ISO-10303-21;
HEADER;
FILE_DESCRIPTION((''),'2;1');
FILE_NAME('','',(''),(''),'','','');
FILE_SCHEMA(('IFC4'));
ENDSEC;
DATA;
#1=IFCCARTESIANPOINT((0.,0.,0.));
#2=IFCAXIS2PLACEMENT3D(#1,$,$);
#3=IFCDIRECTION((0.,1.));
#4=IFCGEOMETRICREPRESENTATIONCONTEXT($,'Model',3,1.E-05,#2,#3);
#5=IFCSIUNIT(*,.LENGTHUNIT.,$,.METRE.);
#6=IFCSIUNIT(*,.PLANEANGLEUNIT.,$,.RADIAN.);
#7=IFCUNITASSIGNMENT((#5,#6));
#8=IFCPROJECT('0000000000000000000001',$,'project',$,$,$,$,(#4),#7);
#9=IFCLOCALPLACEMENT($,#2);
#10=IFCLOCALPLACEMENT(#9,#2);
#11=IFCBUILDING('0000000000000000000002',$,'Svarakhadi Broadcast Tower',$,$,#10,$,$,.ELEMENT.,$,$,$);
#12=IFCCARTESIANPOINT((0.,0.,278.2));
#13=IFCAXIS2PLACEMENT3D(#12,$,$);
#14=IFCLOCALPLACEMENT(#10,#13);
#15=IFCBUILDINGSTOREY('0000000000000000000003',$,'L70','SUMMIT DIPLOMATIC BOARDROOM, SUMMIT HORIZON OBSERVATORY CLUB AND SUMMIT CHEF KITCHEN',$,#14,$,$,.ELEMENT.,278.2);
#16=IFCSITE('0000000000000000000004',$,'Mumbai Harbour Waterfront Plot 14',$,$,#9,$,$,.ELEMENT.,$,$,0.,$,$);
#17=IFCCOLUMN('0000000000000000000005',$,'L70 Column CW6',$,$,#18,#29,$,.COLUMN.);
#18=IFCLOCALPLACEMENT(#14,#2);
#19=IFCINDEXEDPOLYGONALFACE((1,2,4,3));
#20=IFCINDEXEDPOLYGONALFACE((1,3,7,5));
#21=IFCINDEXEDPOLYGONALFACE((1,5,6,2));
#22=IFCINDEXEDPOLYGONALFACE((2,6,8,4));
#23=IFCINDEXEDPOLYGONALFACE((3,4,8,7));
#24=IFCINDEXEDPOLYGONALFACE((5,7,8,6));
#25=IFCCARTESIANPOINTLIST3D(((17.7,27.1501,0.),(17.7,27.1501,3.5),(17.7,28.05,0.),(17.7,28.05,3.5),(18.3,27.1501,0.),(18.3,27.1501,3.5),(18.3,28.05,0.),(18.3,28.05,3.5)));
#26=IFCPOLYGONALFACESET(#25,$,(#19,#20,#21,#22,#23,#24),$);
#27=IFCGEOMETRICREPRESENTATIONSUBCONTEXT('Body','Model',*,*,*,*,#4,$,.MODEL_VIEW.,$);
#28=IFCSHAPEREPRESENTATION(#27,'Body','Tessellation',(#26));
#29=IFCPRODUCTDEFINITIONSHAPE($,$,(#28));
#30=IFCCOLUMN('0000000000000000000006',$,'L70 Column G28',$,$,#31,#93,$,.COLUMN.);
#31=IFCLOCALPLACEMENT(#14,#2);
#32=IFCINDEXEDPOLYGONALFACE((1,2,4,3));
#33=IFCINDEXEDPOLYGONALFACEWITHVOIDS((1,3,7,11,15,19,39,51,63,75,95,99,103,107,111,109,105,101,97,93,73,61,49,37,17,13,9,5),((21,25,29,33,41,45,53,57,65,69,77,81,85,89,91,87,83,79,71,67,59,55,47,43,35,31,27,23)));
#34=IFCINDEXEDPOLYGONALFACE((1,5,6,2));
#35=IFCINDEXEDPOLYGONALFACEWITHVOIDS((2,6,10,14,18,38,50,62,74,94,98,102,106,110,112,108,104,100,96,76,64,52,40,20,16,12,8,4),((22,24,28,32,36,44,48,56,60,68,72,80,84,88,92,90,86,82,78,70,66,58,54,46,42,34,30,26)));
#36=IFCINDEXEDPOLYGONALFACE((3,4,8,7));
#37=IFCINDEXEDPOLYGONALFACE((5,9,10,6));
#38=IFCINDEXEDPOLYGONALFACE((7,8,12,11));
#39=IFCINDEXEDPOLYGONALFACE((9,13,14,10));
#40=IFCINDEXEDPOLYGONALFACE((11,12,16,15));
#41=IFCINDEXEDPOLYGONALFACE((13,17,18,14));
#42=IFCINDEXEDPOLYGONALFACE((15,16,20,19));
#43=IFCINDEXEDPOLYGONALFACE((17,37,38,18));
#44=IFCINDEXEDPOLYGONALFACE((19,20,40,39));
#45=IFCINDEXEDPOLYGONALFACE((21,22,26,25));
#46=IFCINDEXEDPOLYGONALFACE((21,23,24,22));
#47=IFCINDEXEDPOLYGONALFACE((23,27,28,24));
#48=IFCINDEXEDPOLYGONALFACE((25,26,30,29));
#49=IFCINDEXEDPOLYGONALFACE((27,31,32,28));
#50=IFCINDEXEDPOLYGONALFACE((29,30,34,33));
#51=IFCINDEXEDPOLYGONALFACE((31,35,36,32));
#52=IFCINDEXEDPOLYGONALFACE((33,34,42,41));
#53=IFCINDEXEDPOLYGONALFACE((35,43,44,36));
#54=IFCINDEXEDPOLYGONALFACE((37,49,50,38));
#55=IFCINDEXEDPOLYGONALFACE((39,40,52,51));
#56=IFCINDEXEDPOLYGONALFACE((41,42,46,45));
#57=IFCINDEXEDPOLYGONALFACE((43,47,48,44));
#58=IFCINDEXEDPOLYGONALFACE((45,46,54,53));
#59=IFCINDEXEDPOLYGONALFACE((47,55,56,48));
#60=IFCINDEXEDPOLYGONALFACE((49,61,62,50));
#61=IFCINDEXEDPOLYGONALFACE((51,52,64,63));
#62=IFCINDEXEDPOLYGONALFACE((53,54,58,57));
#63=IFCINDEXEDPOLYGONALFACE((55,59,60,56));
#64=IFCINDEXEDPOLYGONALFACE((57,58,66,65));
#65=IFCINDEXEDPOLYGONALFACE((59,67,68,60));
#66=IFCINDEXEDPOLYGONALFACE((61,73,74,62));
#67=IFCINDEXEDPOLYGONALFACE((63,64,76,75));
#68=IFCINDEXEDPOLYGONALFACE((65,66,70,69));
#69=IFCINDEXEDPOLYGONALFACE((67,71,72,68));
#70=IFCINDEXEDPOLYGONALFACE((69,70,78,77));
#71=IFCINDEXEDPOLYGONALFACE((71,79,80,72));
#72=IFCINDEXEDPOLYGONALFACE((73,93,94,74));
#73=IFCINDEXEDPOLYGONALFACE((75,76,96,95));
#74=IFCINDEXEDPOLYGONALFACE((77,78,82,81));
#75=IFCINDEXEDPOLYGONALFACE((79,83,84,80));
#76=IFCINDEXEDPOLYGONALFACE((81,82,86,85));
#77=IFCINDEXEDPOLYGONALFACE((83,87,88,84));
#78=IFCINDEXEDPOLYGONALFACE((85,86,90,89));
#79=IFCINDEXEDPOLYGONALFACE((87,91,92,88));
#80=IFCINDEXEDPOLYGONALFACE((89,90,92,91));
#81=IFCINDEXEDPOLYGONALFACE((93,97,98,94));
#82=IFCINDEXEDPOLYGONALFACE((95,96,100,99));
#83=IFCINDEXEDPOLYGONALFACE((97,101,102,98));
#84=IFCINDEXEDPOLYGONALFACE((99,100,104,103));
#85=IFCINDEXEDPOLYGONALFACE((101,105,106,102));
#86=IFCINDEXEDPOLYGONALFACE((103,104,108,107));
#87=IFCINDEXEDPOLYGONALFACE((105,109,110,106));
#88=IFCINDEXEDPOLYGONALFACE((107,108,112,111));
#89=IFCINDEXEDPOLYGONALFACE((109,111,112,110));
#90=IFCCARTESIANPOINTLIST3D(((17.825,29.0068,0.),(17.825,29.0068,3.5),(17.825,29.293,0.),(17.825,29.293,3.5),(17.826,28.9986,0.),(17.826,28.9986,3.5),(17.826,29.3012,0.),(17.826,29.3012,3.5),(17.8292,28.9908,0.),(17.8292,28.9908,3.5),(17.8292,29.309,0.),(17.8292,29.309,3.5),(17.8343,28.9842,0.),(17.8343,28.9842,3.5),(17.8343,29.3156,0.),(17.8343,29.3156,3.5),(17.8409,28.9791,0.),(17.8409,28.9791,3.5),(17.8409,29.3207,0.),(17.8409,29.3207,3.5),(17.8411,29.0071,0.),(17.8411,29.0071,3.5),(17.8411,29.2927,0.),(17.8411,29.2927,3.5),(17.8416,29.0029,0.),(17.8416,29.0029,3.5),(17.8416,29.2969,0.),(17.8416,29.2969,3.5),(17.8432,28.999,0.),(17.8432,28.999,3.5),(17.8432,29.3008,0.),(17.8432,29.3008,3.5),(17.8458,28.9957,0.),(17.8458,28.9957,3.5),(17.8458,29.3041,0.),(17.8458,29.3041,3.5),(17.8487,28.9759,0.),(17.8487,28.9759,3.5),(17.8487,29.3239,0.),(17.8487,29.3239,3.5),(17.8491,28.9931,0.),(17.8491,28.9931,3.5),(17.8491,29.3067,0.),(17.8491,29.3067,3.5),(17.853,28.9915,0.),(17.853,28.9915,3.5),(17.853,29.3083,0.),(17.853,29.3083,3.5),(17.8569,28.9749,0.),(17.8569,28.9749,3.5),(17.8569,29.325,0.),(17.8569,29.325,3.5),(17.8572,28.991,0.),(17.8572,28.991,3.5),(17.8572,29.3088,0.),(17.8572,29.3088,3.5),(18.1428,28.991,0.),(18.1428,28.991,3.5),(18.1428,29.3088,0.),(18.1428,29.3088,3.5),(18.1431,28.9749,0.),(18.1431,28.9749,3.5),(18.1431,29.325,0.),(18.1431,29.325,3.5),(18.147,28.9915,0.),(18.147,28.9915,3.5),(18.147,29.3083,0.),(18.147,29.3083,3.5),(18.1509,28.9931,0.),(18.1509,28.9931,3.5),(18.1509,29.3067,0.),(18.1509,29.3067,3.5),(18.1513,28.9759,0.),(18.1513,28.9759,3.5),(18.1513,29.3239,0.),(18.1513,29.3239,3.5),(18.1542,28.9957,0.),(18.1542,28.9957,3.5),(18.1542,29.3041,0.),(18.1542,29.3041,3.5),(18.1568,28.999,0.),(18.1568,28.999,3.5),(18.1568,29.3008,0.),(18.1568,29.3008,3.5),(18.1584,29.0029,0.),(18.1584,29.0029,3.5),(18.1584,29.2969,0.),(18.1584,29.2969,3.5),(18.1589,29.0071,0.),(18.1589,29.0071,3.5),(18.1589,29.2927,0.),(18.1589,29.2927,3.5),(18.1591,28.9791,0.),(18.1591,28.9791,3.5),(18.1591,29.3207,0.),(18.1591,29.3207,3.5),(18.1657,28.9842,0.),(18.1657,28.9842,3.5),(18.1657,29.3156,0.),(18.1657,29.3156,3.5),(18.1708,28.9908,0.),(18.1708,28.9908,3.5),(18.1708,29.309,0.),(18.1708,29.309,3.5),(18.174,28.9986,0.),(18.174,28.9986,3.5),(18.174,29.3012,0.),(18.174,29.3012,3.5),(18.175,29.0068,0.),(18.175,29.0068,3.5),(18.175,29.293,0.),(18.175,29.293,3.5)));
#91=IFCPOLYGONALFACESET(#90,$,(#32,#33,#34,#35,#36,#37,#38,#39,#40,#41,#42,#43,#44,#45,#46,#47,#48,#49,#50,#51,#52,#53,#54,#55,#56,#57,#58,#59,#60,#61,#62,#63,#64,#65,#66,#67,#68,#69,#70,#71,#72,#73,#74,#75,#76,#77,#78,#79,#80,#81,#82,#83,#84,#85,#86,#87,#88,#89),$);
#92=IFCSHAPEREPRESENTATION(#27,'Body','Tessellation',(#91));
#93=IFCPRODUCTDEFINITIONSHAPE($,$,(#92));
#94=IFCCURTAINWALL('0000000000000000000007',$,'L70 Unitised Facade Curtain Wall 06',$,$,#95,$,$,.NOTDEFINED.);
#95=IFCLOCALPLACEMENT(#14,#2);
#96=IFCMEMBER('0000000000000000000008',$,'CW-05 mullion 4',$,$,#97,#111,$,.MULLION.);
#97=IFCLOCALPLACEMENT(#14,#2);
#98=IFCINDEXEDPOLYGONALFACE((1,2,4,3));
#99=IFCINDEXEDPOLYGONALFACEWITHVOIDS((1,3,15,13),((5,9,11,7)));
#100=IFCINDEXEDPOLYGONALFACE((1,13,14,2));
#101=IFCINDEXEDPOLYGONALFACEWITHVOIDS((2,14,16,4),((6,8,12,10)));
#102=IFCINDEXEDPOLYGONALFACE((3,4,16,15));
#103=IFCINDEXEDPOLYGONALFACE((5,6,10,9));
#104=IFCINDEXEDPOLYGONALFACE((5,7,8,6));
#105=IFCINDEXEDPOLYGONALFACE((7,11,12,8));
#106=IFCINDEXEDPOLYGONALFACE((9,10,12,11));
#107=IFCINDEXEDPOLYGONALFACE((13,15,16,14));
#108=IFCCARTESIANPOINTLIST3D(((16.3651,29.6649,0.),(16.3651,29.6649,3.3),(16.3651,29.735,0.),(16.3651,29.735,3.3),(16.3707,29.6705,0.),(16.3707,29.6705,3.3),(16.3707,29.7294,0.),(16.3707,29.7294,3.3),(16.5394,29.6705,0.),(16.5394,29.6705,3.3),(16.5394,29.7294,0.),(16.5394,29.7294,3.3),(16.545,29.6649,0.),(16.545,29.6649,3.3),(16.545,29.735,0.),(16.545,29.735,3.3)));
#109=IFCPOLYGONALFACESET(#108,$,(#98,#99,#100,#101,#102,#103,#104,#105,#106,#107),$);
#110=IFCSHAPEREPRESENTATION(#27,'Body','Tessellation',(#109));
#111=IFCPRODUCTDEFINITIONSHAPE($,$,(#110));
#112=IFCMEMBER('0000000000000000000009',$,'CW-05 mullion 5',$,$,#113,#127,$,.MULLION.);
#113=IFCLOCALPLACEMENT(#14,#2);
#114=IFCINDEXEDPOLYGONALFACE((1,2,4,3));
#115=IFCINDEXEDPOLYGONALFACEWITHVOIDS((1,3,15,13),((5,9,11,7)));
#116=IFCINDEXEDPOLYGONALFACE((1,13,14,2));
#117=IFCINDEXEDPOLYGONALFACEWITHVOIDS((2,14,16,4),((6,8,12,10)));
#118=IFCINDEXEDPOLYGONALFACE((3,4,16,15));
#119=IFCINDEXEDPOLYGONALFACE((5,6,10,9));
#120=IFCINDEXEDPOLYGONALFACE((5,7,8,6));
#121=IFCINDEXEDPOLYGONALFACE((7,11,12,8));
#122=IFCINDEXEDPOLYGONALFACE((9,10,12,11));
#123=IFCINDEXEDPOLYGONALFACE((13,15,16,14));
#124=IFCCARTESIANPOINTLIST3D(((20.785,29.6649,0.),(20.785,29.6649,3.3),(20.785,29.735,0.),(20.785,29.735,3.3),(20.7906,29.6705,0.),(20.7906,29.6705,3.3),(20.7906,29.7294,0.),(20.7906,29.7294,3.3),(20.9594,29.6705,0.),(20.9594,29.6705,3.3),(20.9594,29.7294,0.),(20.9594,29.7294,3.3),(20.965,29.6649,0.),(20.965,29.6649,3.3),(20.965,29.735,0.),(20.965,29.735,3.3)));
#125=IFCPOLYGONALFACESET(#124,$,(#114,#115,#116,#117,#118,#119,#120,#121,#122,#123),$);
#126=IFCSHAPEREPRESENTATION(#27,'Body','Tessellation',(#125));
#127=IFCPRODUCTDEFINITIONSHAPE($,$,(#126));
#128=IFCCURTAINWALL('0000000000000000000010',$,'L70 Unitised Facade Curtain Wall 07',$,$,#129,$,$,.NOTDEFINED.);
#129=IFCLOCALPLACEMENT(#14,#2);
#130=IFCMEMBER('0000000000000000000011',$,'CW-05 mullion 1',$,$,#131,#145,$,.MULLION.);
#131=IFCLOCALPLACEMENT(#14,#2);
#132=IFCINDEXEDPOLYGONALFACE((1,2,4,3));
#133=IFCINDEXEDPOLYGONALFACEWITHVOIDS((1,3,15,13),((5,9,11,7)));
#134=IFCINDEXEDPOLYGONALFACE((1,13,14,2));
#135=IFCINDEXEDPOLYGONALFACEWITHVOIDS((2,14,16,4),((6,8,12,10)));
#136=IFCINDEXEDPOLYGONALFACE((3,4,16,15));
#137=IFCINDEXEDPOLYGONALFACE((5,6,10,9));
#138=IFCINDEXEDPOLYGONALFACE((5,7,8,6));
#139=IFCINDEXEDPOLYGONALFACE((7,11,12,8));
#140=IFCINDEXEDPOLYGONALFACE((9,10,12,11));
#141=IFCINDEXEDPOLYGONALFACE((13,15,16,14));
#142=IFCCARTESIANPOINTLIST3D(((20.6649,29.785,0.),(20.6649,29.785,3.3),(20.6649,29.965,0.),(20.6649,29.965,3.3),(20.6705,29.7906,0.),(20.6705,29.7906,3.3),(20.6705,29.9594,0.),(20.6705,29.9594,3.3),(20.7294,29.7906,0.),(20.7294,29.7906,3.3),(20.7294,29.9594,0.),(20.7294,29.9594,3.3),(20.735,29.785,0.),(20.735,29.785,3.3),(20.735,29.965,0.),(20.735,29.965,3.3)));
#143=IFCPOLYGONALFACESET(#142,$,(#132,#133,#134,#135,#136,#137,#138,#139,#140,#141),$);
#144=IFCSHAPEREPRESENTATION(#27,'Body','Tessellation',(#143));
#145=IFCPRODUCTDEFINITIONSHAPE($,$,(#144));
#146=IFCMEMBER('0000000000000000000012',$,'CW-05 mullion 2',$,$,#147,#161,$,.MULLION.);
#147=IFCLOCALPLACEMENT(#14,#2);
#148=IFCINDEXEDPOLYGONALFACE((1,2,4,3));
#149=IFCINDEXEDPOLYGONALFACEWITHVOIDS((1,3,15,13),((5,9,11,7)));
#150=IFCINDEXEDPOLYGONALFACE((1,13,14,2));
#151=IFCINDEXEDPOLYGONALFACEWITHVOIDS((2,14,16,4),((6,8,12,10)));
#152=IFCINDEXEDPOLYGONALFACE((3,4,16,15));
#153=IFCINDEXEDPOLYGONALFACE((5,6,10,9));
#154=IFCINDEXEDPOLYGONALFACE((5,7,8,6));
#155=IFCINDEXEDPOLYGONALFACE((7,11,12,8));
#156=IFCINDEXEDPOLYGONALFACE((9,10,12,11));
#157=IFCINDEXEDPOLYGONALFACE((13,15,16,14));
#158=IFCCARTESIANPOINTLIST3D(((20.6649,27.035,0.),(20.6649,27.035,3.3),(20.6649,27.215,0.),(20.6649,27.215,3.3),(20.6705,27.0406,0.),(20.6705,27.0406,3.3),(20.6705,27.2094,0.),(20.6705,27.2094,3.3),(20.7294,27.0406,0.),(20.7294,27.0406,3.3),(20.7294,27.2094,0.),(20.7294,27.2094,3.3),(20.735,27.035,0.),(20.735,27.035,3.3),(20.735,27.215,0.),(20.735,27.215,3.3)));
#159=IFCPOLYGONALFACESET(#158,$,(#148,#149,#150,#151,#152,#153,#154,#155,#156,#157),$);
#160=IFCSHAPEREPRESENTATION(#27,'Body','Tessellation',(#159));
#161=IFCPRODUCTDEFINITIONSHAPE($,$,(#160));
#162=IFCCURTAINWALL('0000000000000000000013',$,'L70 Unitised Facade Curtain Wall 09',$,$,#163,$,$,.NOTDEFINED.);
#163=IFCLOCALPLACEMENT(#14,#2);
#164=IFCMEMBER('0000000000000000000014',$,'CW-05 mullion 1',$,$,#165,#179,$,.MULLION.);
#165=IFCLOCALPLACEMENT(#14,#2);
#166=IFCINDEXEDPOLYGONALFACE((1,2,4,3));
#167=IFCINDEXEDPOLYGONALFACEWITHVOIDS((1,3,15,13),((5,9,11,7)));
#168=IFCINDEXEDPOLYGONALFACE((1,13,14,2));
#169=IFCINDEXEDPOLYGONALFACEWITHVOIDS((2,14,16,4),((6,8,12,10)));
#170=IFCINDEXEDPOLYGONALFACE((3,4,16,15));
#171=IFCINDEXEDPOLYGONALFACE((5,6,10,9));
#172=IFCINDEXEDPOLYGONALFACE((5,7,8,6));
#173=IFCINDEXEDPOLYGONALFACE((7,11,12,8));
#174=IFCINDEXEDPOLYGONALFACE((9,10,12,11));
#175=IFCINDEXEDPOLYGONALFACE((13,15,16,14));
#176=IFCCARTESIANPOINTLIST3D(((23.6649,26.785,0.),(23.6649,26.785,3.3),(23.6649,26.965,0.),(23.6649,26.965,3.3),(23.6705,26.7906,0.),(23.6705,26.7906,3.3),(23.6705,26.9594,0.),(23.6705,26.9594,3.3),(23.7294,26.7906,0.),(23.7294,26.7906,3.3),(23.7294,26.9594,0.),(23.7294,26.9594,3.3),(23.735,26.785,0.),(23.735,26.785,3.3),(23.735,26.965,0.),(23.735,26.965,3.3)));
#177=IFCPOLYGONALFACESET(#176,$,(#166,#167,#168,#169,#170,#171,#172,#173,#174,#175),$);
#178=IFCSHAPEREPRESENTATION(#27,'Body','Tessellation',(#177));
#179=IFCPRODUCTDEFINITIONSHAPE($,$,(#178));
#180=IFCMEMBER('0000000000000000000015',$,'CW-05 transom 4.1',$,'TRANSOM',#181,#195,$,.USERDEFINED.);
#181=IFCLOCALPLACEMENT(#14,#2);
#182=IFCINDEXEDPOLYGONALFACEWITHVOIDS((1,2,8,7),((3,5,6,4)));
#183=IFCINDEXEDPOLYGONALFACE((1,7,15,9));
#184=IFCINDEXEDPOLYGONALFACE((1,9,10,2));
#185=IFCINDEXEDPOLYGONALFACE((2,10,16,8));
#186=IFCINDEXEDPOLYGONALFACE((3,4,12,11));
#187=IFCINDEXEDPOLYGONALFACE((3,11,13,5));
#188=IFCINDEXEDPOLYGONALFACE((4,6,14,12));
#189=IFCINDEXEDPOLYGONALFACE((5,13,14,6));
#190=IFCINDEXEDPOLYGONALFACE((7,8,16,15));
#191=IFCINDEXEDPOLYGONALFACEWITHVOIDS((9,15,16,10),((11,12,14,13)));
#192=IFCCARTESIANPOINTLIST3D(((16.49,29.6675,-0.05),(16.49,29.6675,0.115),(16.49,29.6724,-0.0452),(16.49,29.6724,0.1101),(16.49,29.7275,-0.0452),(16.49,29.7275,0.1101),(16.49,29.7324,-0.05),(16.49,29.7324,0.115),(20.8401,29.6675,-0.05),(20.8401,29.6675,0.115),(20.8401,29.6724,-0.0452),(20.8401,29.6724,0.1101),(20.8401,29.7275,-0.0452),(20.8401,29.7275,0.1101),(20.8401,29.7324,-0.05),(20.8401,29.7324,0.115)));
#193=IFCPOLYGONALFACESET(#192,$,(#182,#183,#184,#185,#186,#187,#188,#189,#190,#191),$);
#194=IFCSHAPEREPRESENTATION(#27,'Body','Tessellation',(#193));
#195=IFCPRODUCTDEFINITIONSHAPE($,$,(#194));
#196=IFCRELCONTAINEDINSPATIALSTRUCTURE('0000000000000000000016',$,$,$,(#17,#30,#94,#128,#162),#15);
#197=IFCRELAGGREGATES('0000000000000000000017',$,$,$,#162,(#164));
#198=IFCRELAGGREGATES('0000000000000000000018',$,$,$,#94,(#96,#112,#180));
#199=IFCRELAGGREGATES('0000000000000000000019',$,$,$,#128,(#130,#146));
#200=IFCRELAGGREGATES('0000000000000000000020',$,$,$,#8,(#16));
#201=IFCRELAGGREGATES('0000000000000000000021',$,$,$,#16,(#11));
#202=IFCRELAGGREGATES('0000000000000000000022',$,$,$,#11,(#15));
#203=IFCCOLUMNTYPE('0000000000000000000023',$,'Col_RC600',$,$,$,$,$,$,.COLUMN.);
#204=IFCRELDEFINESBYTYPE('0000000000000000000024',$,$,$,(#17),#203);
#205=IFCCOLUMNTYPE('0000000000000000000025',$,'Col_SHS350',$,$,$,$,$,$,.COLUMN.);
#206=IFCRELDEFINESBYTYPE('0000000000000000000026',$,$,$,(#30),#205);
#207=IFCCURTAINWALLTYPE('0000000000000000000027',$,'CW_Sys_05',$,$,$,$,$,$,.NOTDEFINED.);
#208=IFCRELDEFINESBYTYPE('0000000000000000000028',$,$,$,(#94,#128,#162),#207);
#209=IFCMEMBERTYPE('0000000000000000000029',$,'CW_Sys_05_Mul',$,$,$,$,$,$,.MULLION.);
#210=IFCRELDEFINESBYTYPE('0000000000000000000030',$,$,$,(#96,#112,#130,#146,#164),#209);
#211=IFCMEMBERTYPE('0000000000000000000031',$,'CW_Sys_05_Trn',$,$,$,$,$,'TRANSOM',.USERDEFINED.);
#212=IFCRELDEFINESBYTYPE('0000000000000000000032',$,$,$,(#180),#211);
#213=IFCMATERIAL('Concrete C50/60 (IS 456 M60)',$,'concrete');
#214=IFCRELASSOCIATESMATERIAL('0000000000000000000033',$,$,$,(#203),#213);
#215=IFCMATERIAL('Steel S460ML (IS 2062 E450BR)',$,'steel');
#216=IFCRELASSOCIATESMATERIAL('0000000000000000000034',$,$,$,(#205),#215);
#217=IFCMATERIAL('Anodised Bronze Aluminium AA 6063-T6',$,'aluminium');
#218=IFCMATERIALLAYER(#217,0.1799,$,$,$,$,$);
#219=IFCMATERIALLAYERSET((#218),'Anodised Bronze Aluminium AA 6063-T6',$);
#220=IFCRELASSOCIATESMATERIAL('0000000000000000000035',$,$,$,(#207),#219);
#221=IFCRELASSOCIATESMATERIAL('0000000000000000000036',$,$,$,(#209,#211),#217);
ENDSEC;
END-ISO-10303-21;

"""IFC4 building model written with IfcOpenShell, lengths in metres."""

from ifc_helpers import new_model, si_unit, direction, frame, origin, origin_2d, place, context, subcontext, project, spatial, rectangle, hollow_rectangle, extrude, material, layer, layer_set, material_profile, profile_set, type_object, element, aggregate, save


model = new_model("IFC4")

# Units and contexts
model_context = context("Model", 3, precision=1e-05, world=origin(), true_north=direction((0.0, 1.0)))
body_context = subcontext(model_context, "Body", "Model", "MODEL_VIEW")
ifc_project = project(units=[si_unit("LENGTHUNIT", "METRE"), si_unit("PLANEANGLEUNIT", "RADIAN")], contexts=[model_context])

# Site, building, storey
site_placement = place(None, origin())
site = spatial("IfcSite", under=ifc_project, at=site_placement, Name="Mumbai Harbour Waterfront Plot 14", CompositionType="ELEMENT", RefElevation=0.0)
building_placement = place(site_placement, origin())
building = spatial("IfcBuilding", under=site, at=building_placement, Name="Svarakhadi Broadcast Tower", CompositionType="ELEMENT")
storey_placement = place(building_placement, frame((0.0, 0.0, 278.2)))
storey = spatial("IfcBuildingStorey", under=building, at=storey_placement, Name="L70", Description="SUMMIT DIPLOMATIC BOARDROOM, SUMMIT HORIZON OBSERVATORY CLUB AND SUMMIT CHEF KITCHEN", CompositionType="ELEMENT", Elevation=278.2)

# Columns
ifc_material_1 = material(Name="Concrete C50/60 (IS 456 M60)", Category="concrete")
ifc_material_profile_1 = material_profile(ifc_material_1, rectangle(XDim=0.6001, YDim=0.8999, at=origin_2d()), Name="RC 600x900")
ifc_profile_set_1 = profile_set([ifc_material_profile_1], Name="Concrete C50/60 (IS 456 M60)")
column_type_1 = type_object("IfcColumnType", Name="Col_RC600", PredefinedType="COLUMN", material=ifc_profile_set_1)
column_1_placement = place(storey_placement, frame((18.0, 27.6001, 0.0), z_axis=(0.0, 0.0, 1.0), x_axis=(1.0, 0.0, 0.0)))
element("IfcColumn", 1, at=column_1_placement, inside=storey, type_object=column_type_1, Name="L70 Column CW6", PredefinedType="COLUMN", context=body_context, shape_type="SweptSolid", body=[
    extrude(rectangle(XDim=0.6001, YDim=0.8999, at=origin_2d()), origin(), (0.0, 0.0, 1.0), 3.5),
])
ifc_material_2 = material(Name="Steel S460ML (IS 2062 E450BR)", Category="steel")
ifc_material_profile_2 = material_profile(ifc_material_2, hollow_rectangle(XDim=0.3501, YDim=0.3501, WallThickness=0.0161, InnerFilletRadius=0.0161, OuterFilletRadius=0.032, at=origin_2d()), Name="SHS 350x350x16")
ifc_profile_set_2 = profile_set([ifc_material_profile_2], Name="Steel S460ML (IS 2062 E450BR)")
column_type_2 = type_object("IfcColumnType", Name="Col_SHS350", PredefinedType="COLUMN", material=ifc_profile_set_2)
column_2_placement = place(storey_placement, frame((18.0, 29.1499, 0.0), z_axis=(0.0, 0.0, 1.0), x_axis=(1.0, 0.0, 0.0)))
element("IfcColumn", 2, at=column_2_placement, inside=storey, type_object=column_type_2, Name="L70 Column G28", PredefinedType="COLUMN", context=body_context, shape_type="SweptSolid", body=[
    extrude(hollow_rectangle(XDim=0.3501, YDim=0.3501, WallThickness=0.0161, InnerFilletRadius=0.0161, OuterFilletRadius=0.032, at=origin_2d()), origin(), (0.0, 0.0, 1.0), 3.5),
])

# Curtain walls, members
ifc_material_3 = material(Name="Anodised Bronze Aluminium AA 6063-T6", Category="aluminium")
ifc_layer_1 = layer(ifc_material_3, 0.1799)
ifc_layer_set_1 = layer_set([ifc_layer_1], Name="Anodised Bronze Aluminium AA 6063-T6")
curtain_wall_type = type_object("IfcCurtainWallType", Name="CW_Sys_05", PredefinedType="NOTDEFINED", material=ifc_layer_set_1)
curtain_wall_1_placement = place(storey_placement, origin())
curtain_wall_1 = element("IfcCurtainWall", 3, at=curtain_wall_1_placement, inside=storey, type_object=curtain_wall_type, Name="L70 Unitised Facade Curtain Wall 06", PredefinedType="NOTDEFINED")
ifc_material_profile_3 = material_profile(ifc_material_3, hollow_rectangle(XDim=0.0701, YDim=0.1799, WallThickness=0.0056, at=origin_2d()), Name="ALU MULLION 180x70x6")
ifc_profile_set_3 = profile_set([ifc_material_profile_3], Name="Anodised Bronze Aluminium AA 6063-T6")
member_type_1 = type_object("IfcMemberType", Name="CW_Sys_05_Mul", PredefinedType="MULLION", material=ifc_profile_set_3)
member_1_placement = place(storey_placement, frame((16.4551, 29.7, 0.0), z_axis=(0.0, 0.0, 1.0), x_axis=(0.0, 1.0, 0.0)))
member_1 = element("IfcMember", 4, at=member_1_placement, type_object=member_type_1, Name="CW-05 mullion 4", PredefinedType="MULLION", context=body_context, shape_type="SweptSolid", body=[
    extrude(hollow_rectangle(XDim=0.0701, YDim=0.1799, WallThickness=0.0056, at=origin_2d()), origin(), (0.0, 0.0, 1.0), 3.3),
])
member_2_placement = place(storey_placement, frame((20.875, 29.7, 0.0), z_axis=(0.0, 0.0, 1.0), x_axis=(0.0, 1.0, 0.0)))
member_2 = element("IfcMember", 5, at=member_2_placement, type_object=member_type_1, Name="CW-05 mullion 5", PredefinedType="MULLION", context=body_context, shape_type="SweptSolid", body=[
    extrude(hollow_rectangle(XDim=0.0701, YDim=0.1799, WallThickness=0.0056, at=origin_2d()), origin(), (0.0, 0.0, 1.0), 3.3),
])
curtain_wall_2_placement = place(storey_placement, origin())
curtain_wall_2 = element("IfcCurtainWall", 6, at=curtain_wall_2_placement, inside=storey, type_object=curtain_wall_type, Name="L70 Unitised Facade Curtain Wall 07", PredefinedType="NOTDEFINED")
member_3_placement = place(storey_placement, frame((20.7, 29.875, 0.0), z_axis=(0.0, 0.0, 1.0), x_axis=(1.0, 0.0, 0.0)))
member_3 = element("IfcMember", 7, at=member_3_placement, type_object=member_type_1, Name="CW-05 mullion 1", PredefinedType="MULLION", context=body_context, shape_type="SweptSolid", body=[
    extrude(hollow_rectangle(XDim=0.0701, YDim=0.1799, WallThickness=0.0056, at=origin_2d()), origin(), (0.0, 0.0, 1.0), 3.3),
])
member_4_placement = place(storey_placement, frame((20.7, 27.125, 0.0), z_axis=(0.0, 0.0, 1.0), x_axis=(1.0, 0.0, 0.0)))
member_4 = element("IfcMember", 8, at=member_4_placement, type_object=member_type_1, Name="CW-05 mullion 2", PredefinedType="MULLION", context=body_context, shape_type="SweptSolid", body=[
    extrude(hollow_rectangle(XDim=0.0701, YDim=0.1799, WallThickness=0.0056, at=origin_2d()), origin(), (0.0, 0.0, 1.0), 3.3),
])

# Curtain wall, member
curtain_wall_3_placement = place(storey_placement, origin())
curtain_wall_3 = element("IfcCurtainWall", 9, at=curtain_wall_3_placement, inside=storey, type_object=curtain_wall_type, Name="L70 Unitised Facade Curtain Wall 09", PredefinedType="NOTDEFINED")
member_5_placement = place(storey_placement, frame((23.7, 26.875, 0.0), z_axis=(0.0, 0.0, 1.0), x_axis=(1.0, 0.0, 0.0)))
member_5 = element("IfcMember", 10, at=member_5_placement, type_object=member_type_1, Name="CW-05 mullion 1", PredefinedType="MULLION", context=body_context, shape_type="SweptSolid", body=[
    extrude(hollow_rectangle(XDim=0.0701, YDim=0.1799, WallThickness=0.0056, at=origin_2d()), origin(), (0.0, 0.0, 1.0), 3.3),
])

# Member
ifc_material_profile_4 = material_profile(ifc_material_3, hollow_rectangle(XDim=0.0649, YDim=0.165, WallThickness=0.0049, at=origin_2d()), Name="ALU TRANSOM 165x65x5")
ifc_profile_set_4 = profile_set([ifc_material_profile_4], Name="Anodised Bronze Aluminium AA 6063-T6")
member_type_2 = type_object("IfcMemberType", Name="CW_Sys_05_Trn", ElementType="TRANSOM", PredefinedType="USERDEFINED", material=ifc_profile_set_4)
member_6_placement = place(storey_placement, frame((16.49, 29.7, 0.0325), z_axis=(1.0, 0.0, 0.0), x_axis=(0.0, 1.0, 0.0)))
member_6 = element("IfcMember", 11, at=member_6_placement, type_object=member_type_2, Name="CW-05 transom 4.1", ObjectType="TRANSOM", PredefinedType="USERDEFINED", context=body_context, shape_type="SweptSolid", body=[
    extrude(hollow_rectangle(XDim=0.0649, YDim=0.165, WallThickness=0.0049, at=origin_2d()), origin(), (0.0, 0.0, 1.0), 4.3501),
])
aggregate(curtain_wall_3, [member_5])

aggregate(curtain_wall_1, [member_1, member_2, member_6])
aggregate(curtain_wall_2, [member_3, member_4])

save(model, "model.ifc")
